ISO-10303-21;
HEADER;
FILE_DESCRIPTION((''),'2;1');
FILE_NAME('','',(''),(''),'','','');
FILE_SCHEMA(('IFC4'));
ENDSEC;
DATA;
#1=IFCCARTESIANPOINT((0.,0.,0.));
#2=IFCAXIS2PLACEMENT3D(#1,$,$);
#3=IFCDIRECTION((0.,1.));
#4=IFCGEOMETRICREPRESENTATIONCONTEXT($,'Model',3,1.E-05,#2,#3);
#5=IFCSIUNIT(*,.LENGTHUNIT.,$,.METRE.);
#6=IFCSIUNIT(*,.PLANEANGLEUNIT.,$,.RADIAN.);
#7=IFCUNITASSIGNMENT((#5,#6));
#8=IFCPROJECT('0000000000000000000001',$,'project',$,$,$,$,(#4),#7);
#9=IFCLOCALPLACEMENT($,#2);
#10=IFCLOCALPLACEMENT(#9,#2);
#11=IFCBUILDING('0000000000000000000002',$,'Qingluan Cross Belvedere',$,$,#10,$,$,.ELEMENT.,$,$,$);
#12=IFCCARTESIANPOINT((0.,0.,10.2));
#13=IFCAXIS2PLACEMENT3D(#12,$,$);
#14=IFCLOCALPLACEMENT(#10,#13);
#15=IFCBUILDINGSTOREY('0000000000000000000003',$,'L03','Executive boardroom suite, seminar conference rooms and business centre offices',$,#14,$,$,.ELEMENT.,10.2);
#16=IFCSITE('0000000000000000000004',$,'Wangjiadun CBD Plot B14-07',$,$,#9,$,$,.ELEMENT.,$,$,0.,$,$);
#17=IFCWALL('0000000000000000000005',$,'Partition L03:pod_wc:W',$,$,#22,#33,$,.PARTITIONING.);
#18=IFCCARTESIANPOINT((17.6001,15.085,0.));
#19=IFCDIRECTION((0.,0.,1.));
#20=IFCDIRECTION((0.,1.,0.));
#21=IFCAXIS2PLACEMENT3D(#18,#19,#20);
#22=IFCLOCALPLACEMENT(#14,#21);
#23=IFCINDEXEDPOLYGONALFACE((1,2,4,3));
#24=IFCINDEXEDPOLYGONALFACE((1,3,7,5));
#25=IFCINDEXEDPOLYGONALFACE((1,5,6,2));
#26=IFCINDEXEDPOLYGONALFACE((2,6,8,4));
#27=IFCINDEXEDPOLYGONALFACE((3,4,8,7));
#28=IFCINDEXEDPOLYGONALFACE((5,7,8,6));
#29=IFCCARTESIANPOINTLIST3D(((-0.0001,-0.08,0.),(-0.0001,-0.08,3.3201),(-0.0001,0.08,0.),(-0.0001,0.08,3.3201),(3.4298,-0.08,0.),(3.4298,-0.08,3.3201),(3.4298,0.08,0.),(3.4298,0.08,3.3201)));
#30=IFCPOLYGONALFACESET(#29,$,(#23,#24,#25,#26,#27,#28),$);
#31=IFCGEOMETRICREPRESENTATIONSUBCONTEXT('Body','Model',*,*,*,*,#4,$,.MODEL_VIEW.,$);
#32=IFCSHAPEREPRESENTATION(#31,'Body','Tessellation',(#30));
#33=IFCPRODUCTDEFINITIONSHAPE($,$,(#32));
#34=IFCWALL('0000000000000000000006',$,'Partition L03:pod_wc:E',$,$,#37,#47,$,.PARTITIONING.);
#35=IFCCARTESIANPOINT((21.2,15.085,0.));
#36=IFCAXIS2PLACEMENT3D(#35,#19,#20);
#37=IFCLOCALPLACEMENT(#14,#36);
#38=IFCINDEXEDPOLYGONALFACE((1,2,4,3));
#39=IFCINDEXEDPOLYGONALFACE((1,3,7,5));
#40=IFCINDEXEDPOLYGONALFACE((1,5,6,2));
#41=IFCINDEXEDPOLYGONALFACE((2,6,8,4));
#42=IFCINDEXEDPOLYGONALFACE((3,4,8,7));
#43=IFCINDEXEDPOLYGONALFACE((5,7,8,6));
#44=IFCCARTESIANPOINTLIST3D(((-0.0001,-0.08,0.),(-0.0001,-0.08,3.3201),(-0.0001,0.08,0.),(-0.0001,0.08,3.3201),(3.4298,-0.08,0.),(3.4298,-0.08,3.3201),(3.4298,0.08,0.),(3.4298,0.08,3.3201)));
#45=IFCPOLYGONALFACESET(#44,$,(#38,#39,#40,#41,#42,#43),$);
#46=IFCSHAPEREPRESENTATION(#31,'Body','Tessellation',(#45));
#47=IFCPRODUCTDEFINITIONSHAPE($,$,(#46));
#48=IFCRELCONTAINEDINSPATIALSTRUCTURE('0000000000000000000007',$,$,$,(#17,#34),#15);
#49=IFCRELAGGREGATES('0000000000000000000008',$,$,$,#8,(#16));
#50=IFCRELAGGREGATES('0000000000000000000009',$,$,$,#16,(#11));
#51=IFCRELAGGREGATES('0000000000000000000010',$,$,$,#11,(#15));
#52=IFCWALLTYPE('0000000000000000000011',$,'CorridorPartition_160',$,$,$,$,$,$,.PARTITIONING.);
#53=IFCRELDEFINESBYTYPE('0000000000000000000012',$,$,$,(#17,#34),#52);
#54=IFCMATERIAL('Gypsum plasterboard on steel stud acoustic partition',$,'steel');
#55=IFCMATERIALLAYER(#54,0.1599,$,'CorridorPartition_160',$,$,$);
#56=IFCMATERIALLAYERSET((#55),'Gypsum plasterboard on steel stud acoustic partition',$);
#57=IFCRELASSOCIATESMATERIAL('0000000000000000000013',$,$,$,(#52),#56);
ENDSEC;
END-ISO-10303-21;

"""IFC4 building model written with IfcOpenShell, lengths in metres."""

from ifc_helpers import new_model, si_unit, direction, frame, frame_2d, origin, place, context, subcontext, project, spatial, rectangle, extrude, material, layer, layer_set, type_object, element, save


model = new_model("IFC4")

# Units and contexts
model_context = context("Model", 3, precision=1e-05, world=origin(), true_north=direction((0.0, 1.0)))
body_context = subcontext(model_context, "Body", "Model", "MODEL_VIEW")
ifc_project = project(units=[si_unit("LENGTHUNIT", "METRE"), si_unit("PLANEANGLEUNIT", "RADIAN")], contexts=[model_context])

# Site, building, storey
site_placement = place(None, origin())
site = spatial("IfcSite", under=ifc_project, at=site_placement, Name="Wangjiadun CBD Plot B14-07", CompositionType="ELEMENT", RefElevation=0.0)
building_placement = place(site_placement, origin())
building = spatial("IfcBuilding", under=site, at=building_placement, Name="Qingluan Cross Belvedere", CompositionType="ELEMENT")
storey_placement = place(building_placement, frame((0.0, 0.0, 10.2)))
storey = spatial("IfcBuildingStorey", under=building, at=storey_placement, Name="L03", Description="Executive boardroom suite, seminar conference rooms and business centre offices", CompositionType="ELEMENT", Elevation=10.2)

# Shared definitions
ifc_material_1 = material(Name="Gypsum plasterboard on steel stud acoustic partition", Category="steel")
ifc_layer_1 = layer(ifc_material_1, 0.1599, Name="CorridorPartition_160")
ifc_layer_set_1 = layer_set([ifc_layer_1], Name="Gypsum plasterboard on steel stud acoustic partition")
wall_type_1 = type_object("IfcWallType", Name="CorridorPartition_160", PredefinedType="PARTITIONING", material=ifc_layer_set_1)

# Walls
for number, where, z_axis, x_axis, name in (
    (1, (17.6001, 15.085, 0.0), (0.0, 0.0, 1.0), (0.0, 1.0, 0.0), "Partition L03:pod_wc:W"),
    (2, (21.2, 15.085, 0.0), (0.0, 0.0, 1.0), (0.0, 1.0, 0.0), "Partition L03:pod_wc:E"),
):
    element("IfcWall", number, at=place(storey_placement, frame(where, z_axis=z_axis, x_axis=x_axis)), inside=storey, type_object=wall_type_1, Name=name, PredefinedType="PARTITIONING", context=body_context, shape_type="SweptSolid", body=[
        extrude(rectangle(XDim=3.4299, YDim=0.1599, at=frame_2d((1.7148, 0.0))), origin(), (0.0, 0.0, 1.0), 3.3201),
    ])

save(model, "model.ifc")
